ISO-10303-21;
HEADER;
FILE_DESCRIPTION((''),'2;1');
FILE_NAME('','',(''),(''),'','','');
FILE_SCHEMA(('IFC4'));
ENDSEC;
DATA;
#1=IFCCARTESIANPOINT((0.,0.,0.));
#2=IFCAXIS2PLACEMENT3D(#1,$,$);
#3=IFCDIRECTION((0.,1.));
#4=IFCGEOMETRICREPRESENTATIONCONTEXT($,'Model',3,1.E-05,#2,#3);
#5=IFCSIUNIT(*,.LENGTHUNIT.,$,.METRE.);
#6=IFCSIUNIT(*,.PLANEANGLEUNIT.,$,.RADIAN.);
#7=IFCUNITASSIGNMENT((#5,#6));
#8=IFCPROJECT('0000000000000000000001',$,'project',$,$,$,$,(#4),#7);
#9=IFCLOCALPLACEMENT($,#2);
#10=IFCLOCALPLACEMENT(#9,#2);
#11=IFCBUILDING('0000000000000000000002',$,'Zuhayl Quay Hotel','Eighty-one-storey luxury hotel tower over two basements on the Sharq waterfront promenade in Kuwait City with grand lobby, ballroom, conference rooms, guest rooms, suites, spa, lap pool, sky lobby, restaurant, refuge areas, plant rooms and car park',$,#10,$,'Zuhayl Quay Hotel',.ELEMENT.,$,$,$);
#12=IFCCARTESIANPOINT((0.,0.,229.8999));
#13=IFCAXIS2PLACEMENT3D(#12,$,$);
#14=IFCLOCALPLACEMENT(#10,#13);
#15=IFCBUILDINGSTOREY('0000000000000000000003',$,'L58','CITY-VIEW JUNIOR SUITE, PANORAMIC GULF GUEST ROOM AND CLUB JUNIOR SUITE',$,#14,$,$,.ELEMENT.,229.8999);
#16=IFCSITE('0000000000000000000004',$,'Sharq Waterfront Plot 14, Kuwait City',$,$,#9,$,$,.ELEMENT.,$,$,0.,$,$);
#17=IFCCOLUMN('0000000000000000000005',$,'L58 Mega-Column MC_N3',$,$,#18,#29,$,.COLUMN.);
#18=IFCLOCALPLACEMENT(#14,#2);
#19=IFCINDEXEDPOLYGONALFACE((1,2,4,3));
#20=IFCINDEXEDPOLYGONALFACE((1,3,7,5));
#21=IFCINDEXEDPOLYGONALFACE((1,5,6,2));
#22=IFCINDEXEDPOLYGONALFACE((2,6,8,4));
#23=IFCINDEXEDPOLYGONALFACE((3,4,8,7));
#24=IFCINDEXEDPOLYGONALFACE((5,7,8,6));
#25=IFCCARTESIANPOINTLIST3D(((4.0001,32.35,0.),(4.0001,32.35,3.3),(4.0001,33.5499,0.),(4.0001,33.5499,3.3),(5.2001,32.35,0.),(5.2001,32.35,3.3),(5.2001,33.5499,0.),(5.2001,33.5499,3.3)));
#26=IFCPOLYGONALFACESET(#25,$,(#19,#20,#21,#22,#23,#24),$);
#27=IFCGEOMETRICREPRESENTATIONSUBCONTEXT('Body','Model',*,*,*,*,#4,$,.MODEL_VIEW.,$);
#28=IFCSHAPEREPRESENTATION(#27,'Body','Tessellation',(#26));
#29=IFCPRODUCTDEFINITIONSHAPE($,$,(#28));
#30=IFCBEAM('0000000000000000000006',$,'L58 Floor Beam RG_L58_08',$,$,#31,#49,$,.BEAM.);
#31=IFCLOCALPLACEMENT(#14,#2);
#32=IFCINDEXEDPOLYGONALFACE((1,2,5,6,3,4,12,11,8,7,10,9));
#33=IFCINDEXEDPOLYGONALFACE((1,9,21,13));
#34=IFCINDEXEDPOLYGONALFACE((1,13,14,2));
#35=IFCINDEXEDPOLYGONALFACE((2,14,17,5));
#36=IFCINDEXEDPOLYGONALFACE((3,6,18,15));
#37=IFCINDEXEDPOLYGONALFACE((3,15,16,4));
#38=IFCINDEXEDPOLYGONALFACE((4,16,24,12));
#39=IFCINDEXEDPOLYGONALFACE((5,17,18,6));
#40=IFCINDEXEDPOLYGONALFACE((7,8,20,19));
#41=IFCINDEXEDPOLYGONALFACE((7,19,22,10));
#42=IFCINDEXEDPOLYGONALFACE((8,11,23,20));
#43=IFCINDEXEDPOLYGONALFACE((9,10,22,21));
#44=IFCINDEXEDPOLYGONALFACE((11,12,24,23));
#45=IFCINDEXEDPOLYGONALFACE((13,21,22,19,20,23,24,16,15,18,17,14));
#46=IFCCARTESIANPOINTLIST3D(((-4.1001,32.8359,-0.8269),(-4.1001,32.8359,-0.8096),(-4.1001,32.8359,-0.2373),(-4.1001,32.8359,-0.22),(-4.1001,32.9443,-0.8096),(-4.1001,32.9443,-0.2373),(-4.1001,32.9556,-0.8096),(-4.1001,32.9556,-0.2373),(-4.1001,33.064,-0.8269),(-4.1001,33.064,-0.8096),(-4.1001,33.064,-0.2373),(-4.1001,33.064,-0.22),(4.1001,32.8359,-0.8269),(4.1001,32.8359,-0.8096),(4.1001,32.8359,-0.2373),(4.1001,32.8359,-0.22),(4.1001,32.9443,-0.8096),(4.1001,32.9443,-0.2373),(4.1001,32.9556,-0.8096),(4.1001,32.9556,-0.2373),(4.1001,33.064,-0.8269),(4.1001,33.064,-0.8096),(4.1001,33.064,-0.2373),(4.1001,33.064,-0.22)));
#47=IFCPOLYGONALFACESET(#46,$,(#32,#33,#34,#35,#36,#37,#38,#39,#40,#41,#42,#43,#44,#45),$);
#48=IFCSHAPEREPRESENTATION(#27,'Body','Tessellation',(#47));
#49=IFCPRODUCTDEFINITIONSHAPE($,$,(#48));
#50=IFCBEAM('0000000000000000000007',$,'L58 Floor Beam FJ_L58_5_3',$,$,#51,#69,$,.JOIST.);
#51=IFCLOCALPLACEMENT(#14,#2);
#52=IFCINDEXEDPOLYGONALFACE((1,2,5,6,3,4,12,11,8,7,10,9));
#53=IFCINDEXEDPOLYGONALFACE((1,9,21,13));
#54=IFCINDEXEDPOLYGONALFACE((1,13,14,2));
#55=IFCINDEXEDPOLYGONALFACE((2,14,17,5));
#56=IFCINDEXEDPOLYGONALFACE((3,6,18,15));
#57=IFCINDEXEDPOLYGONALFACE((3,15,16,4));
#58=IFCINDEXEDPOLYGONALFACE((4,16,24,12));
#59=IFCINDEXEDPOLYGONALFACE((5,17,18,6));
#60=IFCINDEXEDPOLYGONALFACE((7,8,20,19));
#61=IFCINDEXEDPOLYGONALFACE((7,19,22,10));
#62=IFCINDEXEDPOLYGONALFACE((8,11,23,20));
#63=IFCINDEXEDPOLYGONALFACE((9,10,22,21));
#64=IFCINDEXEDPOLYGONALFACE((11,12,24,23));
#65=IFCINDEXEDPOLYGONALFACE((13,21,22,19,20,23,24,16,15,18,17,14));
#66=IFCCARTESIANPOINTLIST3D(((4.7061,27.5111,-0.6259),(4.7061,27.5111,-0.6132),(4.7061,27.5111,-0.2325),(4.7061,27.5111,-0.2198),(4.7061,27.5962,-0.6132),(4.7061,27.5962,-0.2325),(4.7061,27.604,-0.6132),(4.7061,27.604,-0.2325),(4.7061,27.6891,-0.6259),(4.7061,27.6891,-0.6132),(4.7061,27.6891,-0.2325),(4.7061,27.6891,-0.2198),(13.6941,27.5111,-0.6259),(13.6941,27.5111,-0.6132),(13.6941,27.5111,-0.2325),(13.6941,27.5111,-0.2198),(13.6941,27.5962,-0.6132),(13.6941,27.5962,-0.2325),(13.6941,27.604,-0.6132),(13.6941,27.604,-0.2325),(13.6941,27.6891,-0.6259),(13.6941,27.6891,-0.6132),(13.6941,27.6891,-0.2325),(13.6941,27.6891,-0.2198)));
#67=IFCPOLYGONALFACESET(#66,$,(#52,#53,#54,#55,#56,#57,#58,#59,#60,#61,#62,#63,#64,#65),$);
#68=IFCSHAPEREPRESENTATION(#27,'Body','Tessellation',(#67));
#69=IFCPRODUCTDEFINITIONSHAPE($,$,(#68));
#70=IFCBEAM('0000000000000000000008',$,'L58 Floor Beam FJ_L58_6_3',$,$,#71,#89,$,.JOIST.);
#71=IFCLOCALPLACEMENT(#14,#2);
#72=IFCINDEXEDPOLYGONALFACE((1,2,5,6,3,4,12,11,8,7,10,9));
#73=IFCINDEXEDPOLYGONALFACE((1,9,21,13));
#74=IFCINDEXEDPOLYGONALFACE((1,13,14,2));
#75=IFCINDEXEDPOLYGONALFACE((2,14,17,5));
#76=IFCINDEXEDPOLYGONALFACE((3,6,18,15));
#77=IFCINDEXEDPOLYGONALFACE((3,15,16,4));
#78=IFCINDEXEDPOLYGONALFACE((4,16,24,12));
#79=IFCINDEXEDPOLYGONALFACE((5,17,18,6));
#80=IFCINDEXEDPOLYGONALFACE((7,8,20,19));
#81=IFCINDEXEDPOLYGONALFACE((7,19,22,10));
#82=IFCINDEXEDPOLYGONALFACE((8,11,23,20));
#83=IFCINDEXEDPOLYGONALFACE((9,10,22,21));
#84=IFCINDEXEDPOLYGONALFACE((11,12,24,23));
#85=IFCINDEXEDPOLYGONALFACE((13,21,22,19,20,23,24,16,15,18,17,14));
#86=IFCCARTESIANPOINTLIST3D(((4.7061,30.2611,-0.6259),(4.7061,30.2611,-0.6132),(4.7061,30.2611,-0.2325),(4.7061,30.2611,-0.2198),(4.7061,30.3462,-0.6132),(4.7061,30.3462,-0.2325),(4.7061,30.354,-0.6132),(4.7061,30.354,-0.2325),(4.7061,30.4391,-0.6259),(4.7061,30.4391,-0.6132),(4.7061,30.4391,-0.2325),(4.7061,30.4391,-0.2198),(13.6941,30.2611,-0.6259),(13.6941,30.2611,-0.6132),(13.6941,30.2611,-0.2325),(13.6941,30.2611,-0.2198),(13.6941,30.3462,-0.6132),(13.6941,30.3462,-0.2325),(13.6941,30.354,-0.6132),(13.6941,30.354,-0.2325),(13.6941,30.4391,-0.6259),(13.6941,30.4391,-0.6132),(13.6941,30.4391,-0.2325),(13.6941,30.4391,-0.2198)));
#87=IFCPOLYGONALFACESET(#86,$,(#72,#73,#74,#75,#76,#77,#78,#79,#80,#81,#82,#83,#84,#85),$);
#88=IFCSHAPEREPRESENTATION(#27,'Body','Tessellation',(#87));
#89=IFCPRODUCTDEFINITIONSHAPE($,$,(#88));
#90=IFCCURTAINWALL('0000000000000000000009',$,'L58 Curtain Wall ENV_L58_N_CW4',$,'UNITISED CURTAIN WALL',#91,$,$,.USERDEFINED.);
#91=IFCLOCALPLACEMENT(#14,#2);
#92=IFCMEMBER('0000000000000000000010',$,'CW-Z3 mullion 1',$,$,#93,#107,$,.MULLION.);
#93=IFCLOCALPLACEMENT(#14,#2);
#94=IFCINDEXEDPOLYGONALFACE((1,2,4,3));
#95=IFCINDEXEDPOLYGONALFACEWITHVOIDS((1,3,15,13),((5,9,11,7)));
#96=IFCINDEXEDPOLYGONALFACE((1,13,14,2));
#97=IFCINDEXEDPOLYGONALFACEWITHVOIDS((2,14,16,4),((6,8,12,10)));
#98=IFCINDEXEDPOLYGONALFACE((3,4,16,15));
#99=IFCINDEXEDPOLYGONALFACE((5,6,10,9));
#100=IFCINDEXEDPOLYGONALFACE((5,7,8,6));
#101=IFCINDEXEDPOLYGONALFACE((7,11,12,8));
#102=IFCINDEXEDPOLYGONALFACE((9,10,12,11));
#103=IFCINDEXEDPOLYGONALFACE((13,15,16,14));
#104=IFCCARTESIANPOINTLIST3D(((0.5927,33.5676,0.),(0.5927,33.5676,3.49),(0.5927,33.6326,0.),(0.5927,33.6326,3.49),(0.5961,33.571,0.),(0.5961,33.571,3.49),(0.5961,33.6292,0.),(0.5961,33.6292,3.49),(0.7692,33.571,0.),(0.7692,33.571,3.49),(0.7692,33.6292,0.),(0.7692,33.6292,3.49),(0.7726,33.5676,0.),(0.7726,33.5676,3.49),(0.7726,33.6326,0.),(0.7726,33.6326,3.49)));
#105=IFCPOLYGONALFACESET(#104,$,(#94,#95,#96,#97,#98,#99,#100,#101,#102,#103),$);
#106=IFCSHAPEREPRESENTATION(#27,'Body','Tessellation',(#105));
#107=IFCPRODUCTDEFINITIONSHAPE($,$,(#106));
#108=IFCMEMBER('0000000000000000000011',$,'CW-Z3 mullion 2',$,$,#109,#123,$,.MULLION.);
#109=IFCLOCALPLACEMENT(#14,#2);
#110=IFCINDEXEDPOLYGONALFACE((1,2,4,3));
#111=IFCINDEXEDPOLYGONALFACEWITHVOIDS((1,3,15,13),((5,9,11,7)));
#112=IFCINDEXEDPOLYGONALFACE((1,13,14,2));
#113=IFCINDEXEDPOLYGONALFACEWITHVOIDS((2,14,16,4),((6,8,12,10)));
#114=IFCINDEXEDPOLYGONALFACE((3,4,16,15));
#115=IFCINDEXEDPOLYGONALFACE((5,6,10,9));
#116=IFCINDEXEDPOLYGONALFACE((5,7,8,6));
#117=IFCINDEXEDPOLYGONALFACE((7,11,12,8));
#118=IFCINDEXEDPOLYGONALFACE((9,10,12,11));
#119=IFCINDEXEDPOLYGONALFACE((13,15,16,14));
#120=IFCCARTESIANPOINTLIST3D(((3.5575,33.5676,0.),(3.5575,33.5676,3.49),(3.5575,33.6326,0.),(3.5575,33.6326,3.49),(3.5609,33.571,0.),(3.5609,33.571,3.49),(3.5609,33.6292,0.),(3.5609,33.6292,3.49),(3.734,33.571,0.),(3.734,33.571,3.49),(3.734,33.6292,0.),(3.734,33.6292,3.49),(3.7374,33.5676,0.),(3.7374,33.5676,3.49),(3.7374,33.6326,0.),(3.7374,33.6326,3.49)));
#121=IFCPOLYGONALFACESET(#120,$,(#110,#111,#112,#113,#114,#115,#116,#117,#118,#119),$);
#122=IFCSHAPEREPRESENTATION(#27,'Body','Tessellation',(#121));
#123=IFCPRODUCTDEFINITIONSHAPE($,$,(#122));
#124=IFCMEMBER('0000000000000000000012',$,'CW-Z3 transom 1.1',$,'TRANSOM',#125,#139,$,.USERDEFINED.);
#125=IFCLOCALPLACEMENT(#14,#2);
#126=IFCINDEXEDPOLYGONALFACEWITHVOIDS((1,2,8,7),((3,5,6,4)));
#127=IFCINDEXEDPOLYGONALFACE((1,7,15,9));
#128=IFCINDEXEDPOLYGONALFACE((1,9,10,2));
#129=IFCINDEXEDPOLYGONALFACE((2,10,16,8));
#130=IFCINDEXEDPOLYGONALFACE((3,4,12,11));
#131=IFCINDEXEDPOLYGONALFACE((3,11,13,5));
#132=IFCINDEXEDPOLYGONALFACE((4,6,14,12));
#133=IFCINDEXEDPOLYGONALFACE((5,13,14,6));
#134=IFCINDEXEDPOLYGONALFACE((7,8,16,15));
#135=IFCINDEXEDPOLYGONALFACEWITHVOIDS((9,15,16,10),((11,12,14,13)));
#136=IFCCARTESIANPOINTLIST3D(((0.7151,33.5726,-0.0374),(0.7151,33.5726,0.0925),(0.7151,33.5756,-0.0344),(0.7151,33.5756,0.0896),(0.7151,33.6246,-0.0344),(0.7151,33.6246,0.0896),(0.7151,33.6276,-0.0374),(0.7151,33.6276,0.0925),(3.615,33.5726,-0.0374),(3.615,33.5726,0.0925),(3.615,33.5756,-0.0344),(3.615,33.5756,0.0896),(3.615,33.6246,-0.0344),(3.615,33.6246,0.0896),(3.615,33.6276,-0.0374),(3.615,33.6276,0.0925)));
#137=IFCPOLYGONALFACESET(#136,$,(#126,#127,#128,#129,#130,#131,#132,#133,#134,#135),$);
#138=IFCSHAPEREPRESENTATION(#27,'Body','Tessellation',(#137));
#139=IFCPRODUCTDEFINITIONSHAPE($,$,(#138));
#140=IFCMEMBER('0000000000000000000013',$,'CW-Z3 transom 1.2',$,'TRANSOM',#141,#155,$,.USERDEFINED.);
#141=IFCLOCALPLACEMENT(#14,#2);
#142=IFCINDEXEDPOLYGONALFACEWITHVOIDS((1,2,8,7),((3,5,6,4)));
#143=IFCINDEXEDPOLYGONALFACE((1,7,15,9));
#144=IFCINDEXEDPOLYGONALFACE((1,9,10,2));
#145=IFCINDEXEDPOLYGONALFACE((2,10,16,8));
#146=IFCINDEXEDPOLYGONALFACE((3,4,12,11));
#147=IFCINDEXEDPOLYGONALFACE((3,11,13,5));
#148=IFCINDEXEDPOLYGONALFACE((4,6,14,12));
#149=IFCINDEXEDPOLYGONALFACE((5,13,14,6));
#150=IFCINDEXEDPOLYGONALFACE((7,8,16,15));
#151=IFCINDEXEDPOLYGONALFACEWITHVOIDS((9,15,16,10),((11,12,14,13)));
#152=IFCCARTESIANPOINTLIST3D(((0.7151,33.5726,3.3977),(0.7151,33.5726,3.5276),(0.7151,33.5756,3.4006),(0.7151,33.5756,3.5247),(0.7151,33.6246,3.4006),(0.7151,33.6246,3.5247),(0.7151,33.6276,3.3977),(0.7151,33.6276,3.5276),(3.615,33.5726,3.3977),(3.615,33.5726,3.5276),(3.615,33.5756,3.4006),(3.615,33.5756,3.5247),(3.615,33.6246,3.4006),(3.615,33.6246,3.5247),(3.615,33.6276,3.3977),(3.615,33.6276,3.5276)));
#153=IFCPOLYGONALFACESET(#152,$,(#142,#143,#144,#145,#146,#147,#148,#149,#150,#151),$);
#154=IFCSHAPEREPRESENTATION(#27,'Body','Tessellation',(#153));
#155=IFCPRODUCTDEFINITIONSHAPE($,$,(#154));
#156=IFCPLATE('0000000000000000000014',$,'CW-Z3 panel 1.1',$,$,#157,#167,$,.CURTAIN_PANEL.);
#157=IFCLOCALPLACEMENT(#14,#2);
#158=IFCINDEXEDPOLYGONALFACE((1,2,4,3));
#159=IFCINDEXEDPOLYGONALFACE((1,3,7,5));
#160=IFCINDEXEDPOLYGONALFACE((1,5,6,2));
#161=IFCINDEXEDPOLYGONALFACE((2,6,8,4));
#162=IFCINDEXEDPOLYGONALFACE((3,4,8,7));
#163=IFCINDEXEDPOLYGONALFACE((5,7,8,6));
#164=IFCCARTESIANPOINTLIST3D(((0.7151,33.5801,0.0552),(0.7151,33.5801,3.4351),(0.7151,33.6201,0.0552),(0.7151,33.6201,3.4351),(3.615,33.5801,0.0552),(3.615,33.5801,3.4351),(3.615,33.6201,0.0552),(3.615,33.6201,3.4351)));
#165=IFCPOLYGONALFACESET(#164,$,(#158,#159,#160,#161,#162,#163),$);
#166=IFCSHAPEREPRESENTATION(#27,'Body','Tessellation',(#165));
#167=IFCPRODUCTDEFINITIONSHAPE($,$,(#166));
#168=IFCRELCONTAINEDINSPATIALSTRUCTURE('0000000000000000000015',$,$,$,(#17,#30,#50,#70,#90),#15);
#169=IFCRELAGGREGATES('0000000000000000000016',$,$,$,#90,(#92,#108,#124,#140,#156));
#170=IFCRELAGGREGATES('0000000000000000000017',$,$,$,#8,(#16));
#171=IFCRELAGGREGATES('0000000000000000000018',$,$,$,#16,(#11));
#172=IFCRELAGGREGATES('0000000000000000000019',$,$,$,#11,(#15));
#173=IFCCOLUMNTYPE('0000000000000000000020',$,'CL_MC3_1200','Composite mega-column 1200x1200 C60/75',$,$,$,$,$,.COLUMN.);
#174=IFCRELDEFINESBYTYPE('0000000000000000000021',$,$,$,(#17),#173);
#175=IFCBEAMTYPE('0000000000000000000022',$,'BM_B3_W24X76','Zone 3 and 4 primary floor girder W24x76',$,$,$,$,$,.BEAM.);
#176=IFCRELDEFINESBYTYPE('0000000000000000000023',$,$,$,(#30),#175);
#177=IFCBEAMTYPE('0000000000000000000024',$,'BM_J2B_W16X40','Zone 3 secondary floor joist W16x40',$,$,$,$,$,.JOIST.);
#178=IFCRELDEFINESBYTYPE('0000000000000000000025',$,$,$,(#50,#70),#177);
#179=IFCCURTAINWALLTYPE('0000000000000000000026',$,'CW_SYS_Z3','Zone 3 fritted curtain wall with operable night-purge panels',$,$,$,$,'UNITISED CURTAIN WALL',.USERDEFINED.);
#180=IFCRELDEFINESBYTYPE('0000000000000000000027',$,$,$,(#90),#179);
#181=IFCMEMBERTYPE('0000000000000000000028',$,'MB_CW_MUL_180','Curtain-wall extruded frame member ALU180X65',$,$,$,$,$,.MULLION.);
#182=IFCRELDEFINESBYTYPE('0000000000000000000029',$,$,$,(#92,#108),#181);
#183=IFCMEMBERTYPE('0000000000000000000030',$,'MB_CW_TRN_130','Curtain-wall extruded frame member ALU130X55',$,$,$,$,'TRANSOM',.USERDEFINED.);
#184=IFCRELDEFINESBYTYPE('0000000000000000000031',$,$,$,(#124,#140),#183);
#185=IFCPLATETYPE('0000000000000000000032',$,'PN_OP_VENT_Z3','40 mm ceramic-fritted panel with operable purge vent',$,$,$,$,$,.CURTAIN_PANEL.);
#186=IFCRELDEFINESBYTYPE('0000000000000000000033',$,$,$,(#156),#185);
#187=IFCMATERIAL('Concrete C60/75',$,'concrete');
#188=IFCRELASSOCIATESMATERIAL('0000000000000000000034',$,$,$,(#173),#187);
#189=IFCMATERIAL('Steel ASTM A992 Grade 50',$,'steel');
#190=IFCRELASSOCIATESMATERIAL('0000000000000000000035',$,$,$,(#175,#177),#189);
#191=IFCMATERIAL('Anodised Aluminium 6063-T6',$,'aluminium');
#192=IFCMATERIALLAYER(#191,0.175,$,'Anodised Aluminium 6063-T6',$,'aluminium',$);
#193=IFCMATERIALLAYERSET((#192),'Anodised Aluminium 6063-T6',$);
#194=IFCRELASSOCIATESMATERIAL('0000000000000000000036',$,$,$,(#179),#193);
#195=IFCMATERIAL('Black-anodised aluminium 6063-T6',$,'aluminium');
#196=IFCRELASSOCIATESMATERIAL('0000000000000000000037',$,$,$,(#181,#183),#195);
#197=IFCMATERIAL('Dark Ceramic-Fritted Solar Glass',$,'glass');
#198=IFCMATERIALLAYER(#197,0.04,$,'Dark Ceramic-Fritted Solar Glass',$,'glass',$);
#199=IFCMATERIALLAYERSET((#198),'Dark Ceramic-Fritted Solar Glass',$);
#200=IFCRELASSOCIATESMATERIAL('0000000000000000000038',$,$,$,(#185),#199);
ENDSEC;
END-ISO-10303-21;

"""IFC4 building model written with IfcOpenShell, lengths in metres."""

from ifc_helpers import new_model, si_unit, direction, frame, origin, origin_2d, place, context, subcontext, project, spatial, rectangle, hollow_rectangle, i_section, extrude, material, layer, layer_set, material_profile, profile_set, type_object, element, aggregate, save


model = new_model("IFC4")

# Units and contexts
model_context = context("Model", 3, precision=1e-05, world=origin(), true_north=direction((0.0, 1.0)))
body_context = subcontext(model_context, "Body", "Model", "MODEL_VIEW")
ifc_project = project(units=[si_unit("LENGTHUNIT", "METRE"), si_unit("PLANEANGLEUNIT", "RADIAN")], contexts=[model_context])

# Site, building, storey
site_placement = place(None, origin())
site = spatial("IfcSite", under=ifc_project, at=site_placement, Name="Sharq Waterfront Plot 14, Kuwait City", CompositionType="ELEMENT", RefElevation=0.0)
building_placement = place(site_placement, origin())
building = spatial("IfcBuilding", under=site, at=building_placement, Name="Zuhayl Quay Hotel", Description="Eighty-one-storey luxury hotel tower over two basements on the Sharq waterfront promenade in Kuwait City with grand lobby, ballroom, conference rooms, guest rooms, suites, spa, lap pool, sky lobby, restaurant, refuge areas, plant rooms and car park", LongName="Zuhayl Quay Hotel", CompositionType="ELEMENT")
storey_placement = place(building_placement, frame((0.0, 0.0, 229.8999)))
storey = spatial("IfcBuildingStorey", under=building, at=storey_placement, Name="L58", Description="CITY-VIEW JUNIOR SUITE, PANORAMIC GULF GUEST ROOM AND CLUB JUNIOR SUITE", CompositionType="ELEMENT", Elevation=229.8999)

# Column
ifc_material_1 = material(Name="Concrete C60/75", Category="concrete")
ifc_material_profile_1 = material_profile(ifc_material_1, rectangle(XDim=1.2, YDim=1.2, at=origin_2d()), Name="RC1200X1200")
ifc_profile_set_1 = profile_set([ifc_material_profile_1], Name="Concrete C60/75")
column_type = type_object("IfcColumnType", Name="CL_MC3_1200", Description="Composite mega-column 1200x1200 C60/75", PredefinedType="COLUMN", material=ifc_profile_set_1)
column_placement = place(storey_placement, frame((4.6001, 32.95, 0.0), z_axis=(0.0, 0.0, 1.0), x_axis=(1.0, 0.0, 0.0)))
element("IfcColumn", 1, at=column_placement, inside=storey, type_object=column_type, Name="L58 Mega-Column MC_N3", PredefinedType="COLUMN", context=body_context, shape_type="SweptSolid", body=[
    extrude(rectangle(XDim=1.2, YDim=1.2, at=origin_2d()), origin(), (0.0, 0.0, 1.0), 3.3),
])

# Beams
ifc_material_2 = material(Name="Steel ASTM A992 Grade 50", Category="steel")
ifc_material_profile_2 = material_profile(ifc_material_2, i_section(OverallWidth=0.228, OverallDepth=0.6069, WebThickness=0.0112, FlangeThickness=0.0173, at=origin_2d()), Name="W24X76")
ifc_profile_set_2 = profile_set([ifc_material_profile_2], Name="Steel ASTM A992 Grade 50")
beam_type_1 = type_object("IfcBeamType", Name="BM_B3_W24X76", Description="Zone 3 and 4 primary floor girder W24x76", PredefinedType="BEAM", material=ifc_profile_set_2)
beam_placement = place(storey_placement, frame((4.1001, 32.95, -0.5234), z_axis=(-1.0, 0.0, 0.0), x_axis=(0.0, -1.0, 0.0)))
element("IfcBeam", 2, at=beam_placement, inside=storey, type_object=beam_type_1, Name="L58 Floor Beam RG_L58_08", PredefinedType="BEAM", context=body_context, shape_type="SweptSolid", body=[
    extrude(i_section(OverallWidth=0.228, OverallDepth=0.6069, WebThickness=0.0112, FlangeThickness=0.0173, at=origin_2d()), origin(), (0.0, 0.0, 1.0), 8.2002),
])
ifc_material_profile_3 = material_profile(ifc_material_2, i_section(OverallWidth=0.178, OverallDepth=0.406, WebThickness=0.0078, FlangeThickness=0.0127, at=origin_2d()), Name="W16X40")
ifc_profile_set_3 = profile_set([ifc_material_profile_3], Name="Steel ASTM A992 Grade 50")
beam_type_2 = type_object("IfcBeamType", Name="BM_J2B_W16X40", Description="Zone 3 secondary floor joist W16x40", PredefinedType="JOIST", material=ifc_profile_set_3)
for number, where, z_axis, x_axis, name in (
    (3, (4.7061, 27.6001, -0.4229), (1.0, 0.0, 0.0), (0.0, 1.0, 0.0), "L58 Floor Beam FJ_L58_5_3"),
    (4, (4.7061, 30.3501, -0.4229), (1.0, 0.0, 0.0), (0.0, 1.0, 0.0), "L58 Floor Beam FJ_L58_6_3"),
):
    element("IfcBeam", number, at=place(storey_placement, frame(where, z_axis=z_axis, x_axis=x_axis)), inside=storey, type_object=beam_type_2, Name=name, PredefinedType="JOIST", context=body_context, shape_type="SweptSolid", body=[
        extrude(i_section(OverallWidth=0.178, OverallDepth=0.406, WebThickness=0.0078, FlangeThickness=0.0127, at=origin_2d()), origin(), (0.0, 0.0, 1.0), 8.988),
    ])

# Curtain wall, members, plate
ifc_material_3 = material(Name="Anodised Aluminium 6063-T6", Category="aluminium")
ifc_layer_1 = layer(ifc_material_3, 0.175, Name="Anodised Aluminium 6063-T6", Category="aluminium")
ifc_layer_set_1 = layer_set([ifc_layer_1], Name="Anodised Aluminium 6063-T6")
curtain_wall_type = type_object("IfcCurtainWallType", Name="CW_SYS_Z3", Description="Zone 3 fritted curtain wall with operable night-purge panels", ElementType="UNITISED CURTAIN WALL", PredefinedType="USERDEFINED", material=ifc_layer_set_1)
curtain_wall_placement = place(storey_placement, origin())
curtain_wall = element("IfcCurtainWall", 5, at=curtain_wall_placement, inside=storey, type_object=curtain_wall_type, Name="L58 Curtain Wall ENV_L58_N_CW4", ObjectType="UNITISED CURTAIN WALL", PredefinedType="USERDEFINED")
ifc_material_4 = material(Name="Black-anodised aluminium 6063-T6", Category="aluminium")
ifc_material_profile_4 = material_profile(ifc_material_4, hollow_rectangle(XDim=0.0649, YDim=0.1799, WallThickness=0.0034, at=origin_2d()), Name="ALU180X65")
ifc_profile_set_4 = profile_set([ifc_material_profile_4], Name="Black-anodised aluminium 6063-T6")
member_type_1 = type_object("IfcMemberType", Name="MB_CW_MUL_180", Description="Curtain-wall extruded frame member ALU180X65", PredefinedType="MULLION", material=ifc_profile_set_4)
member_1_placement = place(storey_placement, frame((0.6826, 33.6001, 0.0), z_axis=(0.0, 0.0, 1.0), x_axis=(0.0, 1.0, 0.0)))
member_1 = element("IfcMember", 6, at=member_1_placement, type_object=member_type_1, Name="CW-Z3 mullion 1", PredefinedType="MULLION", context=body_context, shape_type="SweptSolid", body=[
    extrude(hollow_rectangle(XDim=0.0649, YDim=0.1799, WallThickness=0.0034, at=origin_2d()), origin(), (0.0, 0.0, 1.0), 3.49),
])
member_2_placement = place(storey_placement, frame((3.6475, 33.6001, 0.0), z_axis=(0.0, 0.0, 1.0), x_axis=(0.0, 1.0, 0.0)))
member_2 = element("IfcMember", 7, at=member_2_placement, type_object=member_type_1, Name="CW-Z3 mullion 2", PredefinedType="MULLION", context=body_context, shape_type="SweptSolid", body=[
    extrude(hollow_rectangle(XDim=0.0649, YDim=0.1799, WallThickness=0.0034, at=origin_2d()), origin(), (0.0, 0.0, 1.0), 3.49),
])
ifc_material_profile_5 = material_profile(ifc_material_4, hollow_rectangle(XDim=0.0549, YDim=0.1299, WallThickness=0.0029, at=origin_2d()), Name="ALU130X55")
ifc_profile_set_5 = profile_set([ifc_material_profile_5], Name="Black-anodised aluminium 6063-T6")
member_type_2 = type_object("IfcMemberType", Name="MB_CW_TRN_130", Description="Curtain-wall extruded frame member ALU130X55", ElementType="TRANSOM", PredefinedType="USERDEFINED", material=ifc_profile_set_5)
member_3_placement = place(storey_placement, frame((0.7151, 33.6001, 0.0276), z_axis=(1.0, 0.0, 0.0), x_axis=(0.0, 1.0, 0.0)))
member_3 = element("IfcMember", 8, at=member_3_placement, type_object=member_type_2, Name="CW-Z3 transom 1.1", ObjectType="TRANSOM", PredefinedType="USERDEFINED", context=body_context, shape_type="SweptSolid", body=[
    extrude(hollow_rectangle(XDim=0.0549, YDim=0.1299, WallThickness=0.0029, at=origin_2d()), origin(), (0.0, 0.0, 1.0), 2.8999),
])
member_4_placement = place(storey_placement, frame((0.7151, 33.6001, 3.4626), z_axis=(1.0, 0.0, 0.0), x_axis=(0.0, 1.0, 0.0)))
member_4 = element("IfcMember", 9, at=member_4_placement, type_object=member_type_2, Name="CW-Z3 transom 1.2", ObjectType="TRANSOM", PredefinedType="USERDEFINED", context=body_context, shape_type="SweptSolid", body=[
    extrude(hollow_rectangle(XDim=0.0549, YDim=0.1299, WallThickness=0.0029, at=origin_2d()), origin(), (0.0, 0.0, 1.0), 2.8999),
])
ifc_material_5 = material(Name="Dark Ceramic-Fritted Solar Glass", Category="glass")
ifc_layer_2 = layer(ifc_material_5, 0.04, Name="Dark Ceramic-Fritted Solar Glass", Category="glass")
ifc_layer_set_2 = layer_set([ifc_layer_2], Name="Dark Ceramic-Fritted Solar Glass")
plate_type = type_object("IfcPlateType", Name="PN_OP_VENT_Z3", Description="40 mm ceramic-fritted panel with operable purge vent", PredefinedType="CURTAIN_PANEL", material=ifc_layer_set_2)
plate_placement = place(storey_placement, frame((2.165, 33.6001, 0.0552), z_axis=(0.0, 0.0, 1.0), x_axis=(1.0, 0.0, 0.0)))
plate = element("IfcPlate", 10, at=plate_placement, type_object=plate_type, Name="CW-Z3 panel 1.1", PredefinedType="CURTAIN_PANEL", context=body_context, shape_type="SweptSolid", body=[
    extrude(rectangle(XDim=2.8999, YDim=0.04, at=origin_2d()), origin(), (0.0, 0.0, 1.0), 3.3799),
])
aggregate(curtain_wall, [member_1, member_2, member_3, member_4, plate])

save(model, "model.ifc")
